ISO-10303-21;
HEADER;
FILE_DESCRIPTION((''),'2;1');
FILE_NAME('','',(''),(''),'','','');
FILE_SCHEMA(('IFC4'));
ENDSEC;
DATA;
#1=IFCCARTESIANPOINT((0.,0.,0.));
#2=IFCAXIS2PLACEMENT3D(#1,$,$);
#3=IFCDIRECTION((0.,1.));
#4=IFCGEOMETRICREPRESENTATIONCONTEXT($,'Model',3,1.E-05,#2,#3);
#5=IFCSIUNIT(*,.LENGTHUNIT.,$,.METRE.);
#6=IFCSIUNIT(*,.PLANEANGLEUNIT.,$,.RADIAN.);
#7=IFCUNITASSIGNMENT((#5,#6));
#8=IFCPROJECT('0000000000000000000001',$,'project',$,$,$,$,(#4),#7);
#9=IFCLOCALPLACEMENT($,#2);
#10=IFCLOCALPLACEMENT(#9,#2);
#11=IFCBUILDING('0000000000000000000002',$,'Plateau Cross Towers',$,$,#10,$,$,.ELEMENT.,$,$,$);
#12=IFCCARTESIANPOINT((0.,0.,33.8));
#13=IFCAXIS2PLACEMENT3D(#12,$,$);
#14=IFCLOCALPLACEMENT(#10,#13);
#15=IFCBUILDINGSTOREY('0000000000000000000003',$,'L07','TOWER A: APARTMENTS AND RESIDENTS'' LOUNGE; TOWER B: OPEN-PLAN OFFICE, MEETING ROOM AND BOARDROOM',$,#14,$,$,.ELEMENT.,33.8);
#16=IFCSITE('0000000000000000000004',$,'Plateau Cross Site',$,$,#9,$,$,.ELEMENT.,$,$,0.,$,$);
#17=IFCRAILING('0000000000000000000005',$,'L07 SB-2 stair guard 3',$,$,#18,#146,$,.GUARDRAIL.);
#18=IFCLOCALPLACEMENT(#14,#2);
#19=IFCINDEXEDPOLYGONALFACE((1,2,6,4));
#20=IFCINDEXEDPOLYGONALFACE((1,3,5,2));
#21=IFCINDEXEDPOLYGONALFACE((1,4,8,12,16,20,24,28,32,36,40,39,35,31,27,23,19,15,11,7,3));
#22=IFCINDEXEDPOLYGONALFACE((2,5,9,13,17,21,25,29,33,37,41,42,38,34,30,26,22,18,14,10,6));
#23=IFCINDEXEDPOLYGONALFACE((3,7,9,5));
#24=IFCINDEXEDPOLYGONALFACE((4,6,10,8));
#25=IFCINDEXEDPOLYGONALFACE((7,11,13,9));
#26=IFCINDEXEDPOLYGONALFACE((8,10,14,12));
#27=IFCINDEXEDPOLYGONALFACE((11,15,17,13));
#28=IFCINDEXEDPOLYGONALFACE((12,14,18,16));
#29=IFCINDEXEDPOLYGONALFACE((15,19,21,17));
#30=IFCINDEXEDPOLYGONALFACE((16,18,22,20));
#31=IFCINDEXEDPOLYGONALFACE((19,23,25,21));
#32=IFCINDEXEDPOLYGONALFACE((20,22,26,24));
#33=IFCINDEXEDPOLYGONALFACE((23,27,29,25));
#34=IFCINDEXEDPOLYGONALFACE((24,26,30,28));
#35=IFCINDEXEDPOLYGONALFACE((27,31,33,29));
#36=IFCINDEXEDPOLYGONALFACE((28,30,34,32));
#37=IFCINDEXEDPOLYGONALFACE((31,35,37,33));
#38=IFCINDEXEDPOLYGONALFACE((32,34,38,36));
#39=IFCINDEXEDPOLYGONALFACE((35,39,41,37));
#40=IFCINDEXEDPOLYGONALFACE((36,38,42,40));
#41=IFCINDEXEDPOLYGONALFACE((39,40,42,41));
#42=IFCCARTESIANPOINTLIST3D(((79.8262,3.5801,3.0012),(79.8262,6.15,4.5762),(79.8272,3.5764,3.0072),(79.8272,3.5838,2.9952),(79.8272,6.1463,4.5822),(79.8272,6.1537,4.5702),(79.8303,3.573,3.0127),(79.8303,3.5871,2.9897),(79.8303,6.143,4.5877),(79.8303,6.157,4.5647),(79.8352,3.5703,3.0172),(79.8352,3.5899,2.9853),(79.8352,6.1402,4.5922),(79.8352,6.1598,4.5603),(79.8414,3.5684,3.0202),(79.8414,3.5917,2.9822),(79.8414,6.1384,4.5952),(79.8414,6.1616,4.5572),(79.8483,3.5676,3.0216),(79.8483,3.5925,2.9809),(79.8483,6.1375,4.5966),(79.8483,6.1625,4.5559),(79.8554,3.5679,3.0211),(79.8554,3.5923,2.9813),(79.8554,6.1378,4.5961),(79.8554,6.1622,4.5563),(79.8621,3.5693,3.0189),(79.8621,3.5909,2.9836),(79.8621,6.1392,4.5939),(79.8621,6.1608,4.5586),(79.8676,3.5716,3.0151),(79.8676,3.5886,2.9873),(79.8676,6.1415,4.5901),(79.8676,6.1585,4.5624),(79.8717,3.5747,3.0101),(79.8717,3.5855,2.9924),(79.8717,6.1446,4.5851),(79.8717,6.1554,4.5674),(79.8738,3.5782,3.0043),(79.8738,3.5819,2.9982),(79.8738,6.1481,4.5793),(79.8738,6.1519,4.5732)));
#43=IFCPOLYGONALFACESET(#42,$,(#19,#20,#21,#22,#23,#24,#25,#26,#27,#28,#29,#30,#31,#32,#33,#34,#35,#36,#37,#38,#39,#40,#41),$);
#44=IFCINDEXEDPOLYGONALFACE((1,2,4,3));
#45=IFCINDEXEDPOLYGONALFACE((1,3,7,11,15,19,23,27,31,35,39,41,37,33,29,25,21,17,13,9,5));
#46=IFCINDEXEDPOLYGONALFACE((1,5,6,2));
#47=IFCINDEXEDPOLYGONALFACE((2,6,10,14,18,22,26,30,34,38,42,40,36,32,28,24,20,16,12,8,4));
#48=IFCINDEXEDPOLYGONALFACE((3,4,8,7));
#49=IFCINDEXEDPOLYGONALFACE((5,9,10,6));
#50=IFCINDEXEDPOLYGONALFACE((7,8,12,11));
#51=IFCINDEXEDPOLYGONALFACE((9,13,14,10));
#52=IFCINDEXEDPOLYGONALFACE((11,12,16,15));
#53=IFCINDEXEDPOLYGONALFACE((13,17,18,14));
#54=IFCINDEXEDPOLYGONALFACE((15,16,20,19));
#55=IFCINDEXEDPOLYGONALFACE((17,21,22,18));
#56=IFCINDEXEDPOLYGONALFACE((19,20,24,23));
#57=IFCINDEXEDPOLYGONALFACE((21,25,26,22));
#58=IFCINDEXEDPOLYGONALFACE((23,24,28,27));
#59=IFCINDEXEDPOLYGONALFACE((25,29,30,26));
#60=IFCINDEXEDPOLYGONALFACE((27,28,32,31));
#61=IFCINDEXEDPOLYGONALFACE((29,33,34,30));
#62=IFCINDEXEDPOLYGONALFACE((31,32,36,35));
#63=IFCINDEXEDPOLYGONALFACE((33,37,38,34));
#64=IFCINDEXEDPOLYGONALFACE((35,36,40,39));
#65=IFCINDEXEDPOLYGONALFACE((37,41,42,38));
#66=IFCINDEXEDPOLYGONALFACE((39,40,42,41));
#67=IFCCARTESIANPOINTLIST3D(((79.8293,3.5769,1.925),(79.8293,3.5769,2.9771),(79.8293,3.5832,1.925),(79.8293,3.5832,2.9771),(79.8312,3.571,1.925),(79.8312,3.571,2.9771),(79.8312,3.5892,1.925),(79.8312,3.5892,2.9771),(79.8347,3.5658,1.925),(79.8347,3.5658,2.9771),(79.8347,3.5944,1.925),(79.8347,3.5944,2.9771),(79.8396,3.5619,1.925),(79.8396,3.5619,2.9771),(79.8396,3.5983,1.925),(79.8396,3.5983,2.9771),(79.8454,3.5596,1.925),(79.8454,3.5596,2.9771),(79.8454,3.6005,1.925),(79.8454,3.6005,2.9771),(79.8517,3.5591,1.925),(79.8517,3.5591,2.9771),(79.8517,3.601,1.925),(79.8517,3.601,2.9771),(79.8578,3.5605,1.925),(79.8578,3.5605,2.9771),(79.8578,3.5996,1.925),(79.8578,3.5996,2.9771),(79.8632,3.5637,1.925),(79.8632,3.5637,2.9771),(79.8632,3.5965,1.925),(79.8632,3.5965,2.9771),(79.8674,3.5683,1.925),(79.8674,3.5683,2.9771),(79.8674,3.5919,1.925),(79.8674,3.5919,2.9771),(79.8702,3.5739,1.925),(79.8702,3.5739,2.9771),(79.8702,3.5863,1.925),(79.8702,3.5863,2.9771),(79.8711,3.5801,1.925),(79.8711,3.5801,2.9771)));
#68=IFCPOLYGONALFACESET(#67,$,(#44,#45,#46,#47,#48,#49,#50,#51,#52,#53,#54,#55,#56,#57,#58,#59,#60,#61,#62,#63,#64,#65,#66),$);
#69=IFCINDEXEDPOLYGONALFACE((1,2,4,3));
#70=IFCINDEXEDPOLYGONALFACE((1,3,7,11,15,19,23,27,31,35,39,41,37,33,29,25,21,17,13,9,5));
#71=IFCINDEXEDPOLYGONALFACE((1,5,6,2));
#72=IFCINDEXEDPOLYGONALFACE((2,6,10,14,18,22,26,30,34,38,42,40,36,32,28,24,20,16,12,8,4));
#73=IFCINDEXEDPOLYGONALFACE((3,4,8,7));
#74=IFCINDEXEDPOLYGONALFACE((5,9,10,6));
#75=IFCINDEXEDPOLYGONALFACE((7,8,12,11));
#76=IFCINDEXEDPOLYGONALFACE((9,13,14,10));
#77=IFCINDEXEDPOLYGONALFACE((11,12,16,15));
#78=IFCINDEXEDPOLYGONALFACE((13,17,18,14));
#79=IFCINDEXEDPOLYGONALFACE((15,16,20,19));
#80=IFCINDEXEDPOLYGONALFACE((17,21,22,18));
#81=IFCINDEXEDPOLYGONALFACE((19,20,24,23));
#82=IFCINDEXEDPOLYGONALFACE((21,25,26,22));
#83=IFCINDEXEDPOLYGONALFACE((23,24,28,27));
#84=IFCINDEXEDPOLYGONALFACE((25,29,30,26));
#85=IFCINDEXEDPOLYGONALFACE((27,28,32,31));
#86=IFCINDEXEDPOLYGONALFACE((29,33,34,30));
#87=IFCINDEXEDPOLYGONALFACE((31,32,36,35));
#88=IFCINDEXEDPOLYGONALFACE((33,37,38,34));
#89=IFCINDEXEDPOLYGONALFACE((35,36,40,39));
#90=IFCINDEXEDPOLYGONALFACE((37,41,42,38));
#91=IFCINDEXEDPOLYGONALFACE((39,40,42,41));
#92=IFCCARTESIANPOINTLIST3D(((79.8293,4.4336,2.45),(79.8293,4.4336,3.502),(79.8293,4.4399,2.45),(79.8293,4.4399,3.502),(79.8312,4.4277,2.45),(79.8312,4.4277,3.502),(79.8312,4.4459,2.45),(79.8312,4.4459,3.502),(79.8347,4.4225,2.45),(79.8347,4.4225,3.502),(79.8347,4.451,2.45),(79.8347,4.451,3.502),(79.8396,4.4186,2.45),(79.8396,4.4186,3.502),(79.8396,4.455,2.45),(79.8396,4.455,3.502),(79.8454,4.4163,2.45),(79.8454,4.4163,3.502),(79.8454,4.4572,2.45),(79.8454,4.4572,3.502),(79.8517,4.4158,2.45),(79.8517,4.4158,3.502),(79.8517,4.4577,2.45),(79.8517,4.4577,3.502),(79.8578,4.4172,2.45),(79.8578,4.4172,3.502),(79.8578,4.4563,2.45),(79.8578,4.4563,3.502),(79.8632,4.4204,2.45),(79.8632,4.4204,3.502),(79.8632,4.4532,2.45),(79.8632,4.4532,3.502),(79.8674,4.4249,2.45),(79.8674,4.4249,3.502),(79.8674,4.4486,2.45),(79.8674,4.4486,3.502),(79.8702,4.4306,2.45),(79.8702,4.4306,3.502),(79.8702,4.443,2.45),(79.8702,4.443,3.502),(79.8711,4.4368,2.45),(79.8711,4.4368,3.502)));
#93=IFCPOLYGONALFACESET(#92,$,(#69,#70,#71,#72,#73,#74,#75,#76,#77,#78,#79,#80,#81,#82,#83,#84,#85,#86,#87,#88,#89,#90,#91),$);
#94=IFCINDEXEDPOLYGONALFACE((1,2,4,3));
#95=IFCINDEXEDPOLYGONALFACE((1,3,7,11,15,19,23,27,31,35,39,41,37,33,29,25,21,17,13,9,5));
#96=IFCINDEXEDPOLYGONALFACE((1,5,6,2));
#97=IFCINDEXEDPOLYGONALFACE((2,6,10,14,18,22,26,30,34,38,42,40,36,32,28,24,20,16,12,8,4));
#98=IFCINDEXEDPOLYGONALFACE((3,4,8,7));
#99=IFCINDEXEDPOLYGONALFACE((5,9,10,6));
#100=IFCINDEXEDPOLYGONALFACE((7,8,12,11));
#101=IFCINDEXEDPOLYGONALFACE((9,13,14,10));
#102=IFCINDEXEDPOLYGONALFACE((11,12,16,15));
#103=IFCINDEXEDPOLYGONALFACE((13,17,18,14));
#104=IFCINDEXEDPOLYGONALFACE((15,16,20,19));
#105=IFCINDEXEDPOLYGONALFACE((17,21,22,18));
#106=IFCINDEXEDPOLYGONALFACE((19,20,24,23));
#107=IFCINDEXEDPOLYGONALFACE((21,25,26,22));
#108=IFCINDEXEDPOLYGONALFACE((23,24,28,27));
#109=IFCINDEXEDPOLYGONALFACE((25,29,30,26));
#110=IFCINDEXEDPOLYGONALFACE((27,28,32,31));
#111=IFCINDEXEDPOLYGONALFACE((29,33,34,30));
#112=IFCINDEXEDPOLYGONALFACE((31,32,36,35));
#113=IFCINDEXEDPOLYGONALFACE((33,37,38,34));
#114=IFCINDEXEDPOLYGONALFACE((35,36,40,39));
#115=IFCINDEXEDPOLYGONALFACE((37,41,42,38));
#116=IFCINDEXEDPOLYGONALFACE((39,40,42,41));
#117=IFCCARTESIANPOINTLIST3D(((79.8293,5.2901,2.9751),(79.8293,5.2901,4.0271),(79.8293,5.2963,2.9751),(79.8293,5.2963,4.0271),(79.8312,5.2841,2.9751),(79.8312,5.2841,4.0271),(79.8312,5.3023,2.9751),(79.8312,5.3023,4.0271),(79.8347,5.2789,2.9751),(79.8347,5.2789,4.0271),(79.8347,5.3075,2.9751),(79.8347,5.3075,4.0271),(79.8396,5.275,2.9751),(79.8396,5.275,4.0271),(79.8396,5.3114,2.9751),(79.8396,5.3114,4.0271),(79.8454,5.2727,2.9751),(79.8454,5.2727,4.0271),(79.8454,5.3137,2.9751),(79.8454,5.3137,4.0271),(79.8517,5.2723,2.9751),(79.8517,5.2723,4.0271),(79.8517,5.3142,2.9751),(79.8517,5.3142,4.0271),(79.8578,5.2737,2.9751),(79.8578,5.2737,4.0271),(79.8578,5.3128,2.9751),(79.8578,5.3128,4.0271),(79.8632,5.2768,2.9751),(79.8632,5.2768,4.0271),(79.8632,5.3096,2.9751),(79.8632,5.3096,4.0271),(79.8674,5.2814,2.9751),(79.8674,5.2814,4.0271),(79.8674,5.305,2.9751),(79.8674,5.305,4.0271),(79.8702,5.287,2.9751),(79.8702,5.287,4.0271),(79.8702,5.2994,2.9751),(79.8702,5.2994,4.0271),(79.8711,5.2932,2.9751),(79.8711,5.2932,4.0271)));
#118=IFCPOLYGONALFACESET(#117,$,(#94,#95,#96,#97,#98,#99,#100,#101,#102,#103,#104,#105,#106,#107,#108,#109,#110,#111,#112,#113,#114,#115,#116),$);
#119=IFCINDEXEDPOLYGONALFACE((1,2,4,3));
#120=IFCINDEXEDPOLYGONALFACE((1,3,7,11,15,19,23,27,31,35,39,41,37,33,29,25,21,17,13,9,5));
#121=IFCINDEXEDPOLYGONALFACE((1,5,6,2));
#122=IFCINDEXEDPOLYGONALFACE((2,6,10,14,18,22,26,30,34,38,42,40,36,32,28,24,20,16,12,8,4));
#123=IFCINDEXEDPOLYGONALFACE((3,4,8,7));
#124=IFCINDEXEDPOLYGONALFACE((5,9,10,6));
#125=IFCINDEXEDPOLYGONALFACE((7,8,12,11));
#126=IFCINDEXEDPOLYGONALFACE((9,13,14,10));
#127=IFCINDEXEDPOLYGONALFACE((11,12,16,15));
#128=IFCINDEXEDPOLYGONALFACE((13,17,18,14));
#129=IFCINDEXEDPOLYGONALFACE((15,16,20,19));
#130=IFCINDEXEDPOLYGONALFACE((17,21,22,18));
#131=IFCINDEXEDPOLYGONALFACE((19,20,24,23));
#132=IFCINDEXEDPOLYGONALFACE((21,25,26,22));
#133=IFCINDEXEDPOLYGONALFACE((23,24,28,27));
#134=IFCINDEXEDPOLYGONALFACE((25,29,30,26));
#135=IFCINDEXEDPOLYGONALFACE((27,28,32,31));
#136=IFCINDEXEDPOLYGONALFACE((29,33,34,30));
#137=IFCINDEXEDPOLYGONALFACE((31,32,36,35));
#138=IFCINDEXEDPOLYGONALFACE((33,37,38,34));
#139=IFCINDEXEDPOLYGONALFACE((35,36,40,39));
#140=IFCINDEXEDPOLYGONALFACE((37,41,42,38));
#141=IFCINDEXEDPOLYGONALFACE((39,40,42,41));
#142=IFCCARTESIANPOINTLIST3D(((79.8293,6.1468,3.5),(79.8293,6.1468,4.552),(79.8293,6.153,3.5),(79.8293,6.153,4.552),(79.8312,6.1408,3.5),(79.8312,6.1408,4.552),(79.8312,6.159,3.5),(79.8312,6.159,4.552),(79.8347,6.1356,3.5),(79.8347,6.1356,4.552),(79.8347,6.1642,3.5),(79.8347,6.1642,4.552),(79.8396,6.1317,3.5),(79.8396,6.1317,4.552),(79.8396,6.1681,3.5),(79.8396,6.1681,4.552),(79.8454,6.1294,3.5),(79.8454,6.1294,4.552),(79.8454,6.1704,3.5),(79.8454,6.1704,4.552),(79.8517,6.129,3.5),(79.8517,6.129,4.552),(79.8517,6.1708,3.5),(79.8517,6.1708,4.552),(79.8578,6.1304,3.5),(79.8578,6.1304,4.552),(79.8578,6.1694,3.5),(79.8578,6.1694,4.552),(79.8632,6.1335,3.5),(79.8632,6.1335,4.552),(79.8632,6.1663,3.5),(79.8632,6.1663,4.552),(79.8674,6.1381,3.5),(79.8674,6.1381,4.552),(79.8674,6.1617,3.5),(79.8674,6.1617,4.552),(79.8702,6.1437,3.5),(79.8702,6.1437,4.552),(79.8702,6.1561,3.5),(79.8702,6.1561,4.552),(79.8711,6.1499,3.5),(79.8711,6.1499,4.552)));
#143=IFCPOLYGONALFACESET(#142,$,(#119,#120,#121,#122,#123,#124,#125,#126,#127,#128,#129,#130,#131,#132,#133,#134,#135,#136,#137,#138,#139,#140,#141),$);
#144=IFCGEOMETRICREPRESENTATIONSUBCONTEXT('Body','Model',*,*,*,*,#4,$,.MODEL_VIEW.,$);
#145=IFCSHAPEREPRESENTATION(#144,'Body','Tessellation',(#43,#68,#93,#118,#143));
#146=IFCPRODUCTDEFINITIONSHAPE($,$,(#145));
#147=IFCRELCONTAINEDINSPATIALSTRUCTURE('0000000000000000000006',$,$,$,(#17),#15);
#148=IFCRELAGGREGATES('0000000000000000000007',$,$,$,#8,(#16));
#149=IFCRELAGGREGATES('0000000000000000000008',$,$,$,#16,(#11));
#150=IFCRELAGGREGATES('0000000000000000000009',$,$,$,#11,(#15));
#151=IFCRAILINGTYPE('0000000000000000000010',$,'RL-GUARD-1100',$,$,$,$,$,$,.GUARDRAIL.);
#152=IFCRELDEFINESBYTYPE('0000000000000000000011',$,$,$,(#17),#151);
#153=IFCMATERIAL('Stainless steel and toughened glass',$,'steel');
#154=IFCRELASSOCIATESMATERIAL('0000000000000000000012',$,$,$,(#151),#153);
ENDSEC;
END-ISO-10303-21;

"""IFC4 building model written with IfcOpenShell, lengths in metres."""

from ifc_helpers import new_model, si_unit, direction, frame, origin, origin_2d, place, context, subcontext, project, spatial, circle, extrude, material, type_object, element, save


model = new_model("IFC4")

# Units and contexts
model_context = context("Model", 3, precision=1e-05, world=origin(), true_north=direction((0.0, 1.0)))
body_context = subcontext(model_context, "Body", "Model", "MODEL_VIEW")
ifc_project = project(units=[si_unit("LENGTHUNIT", "METRE"), si_unit("PLANEANGLEUNIT", "RADIAN")], contexts=[model_context])

# Site, building, storey
site_placement = place(None, origin())
site = spatial("IfcSite", under=ifc_project, at=site_placement, Name="Plateau Cross Site", CompositionType="ELEMENT", RefElevation=0.0)
building_placement = place(site_placement, origin())
building = spatial("IfcBuilding", under=site, at=building_placement, Name="Plateau Cross Towers", CompositionType="ELEMENT")
storey_placement = place(building_placement, frame((0.0, 0.0, 33.8)))
storey = spatial("IfcBuildingStorey", under=building, at=storey_placement, Name="L07", Description="TOWER A: APARTMENTS AND RESIDENTS' LOUNGE; TOWER B: OPEN-PLAN OFFICE, MEETING ROOM AND BOARDROOM", CompositionType="ELEMENT", Elevation=33.8)

# Railing
ifc_material_1 = material(Name="Stainless steel and toughened glass", Category="steel")
railing_type_1 = type_object("IfcRailingType", Name="RL-GUARD-1100", PredefinedType="GUARDRAIL", material=ifc_material_1)
railing_1_placement = place(storey_placement, frame((79.8501, 3.5801, 1.925)))
element("IfcRailing", 1, at=railing_1_placement, inside=storey, type_object=railing_type_1, Name="L07 SB-2 stair guard 3", PredefinedType="GUARDRAIL", context=body_context, shape_type="SweptSolid", body=[
    extrude(circle(Radius=0.0239, at=origin_2d()), frame((0.0, 0.0, 1.0762), z_axis=(0.0, 0.852616, 0.522537), x_axis=(-1.0, 0.0, 0.0)), (0.0, 0.0, 1.0), 3.0142),
    extrude(circle(Radius=0.021, at=origin_2d()), origin(), (0.0, 0.0, 1.0), 1.052),
    extrude(circle(Radius=0.021, at=origin_2d()), frame((0.0, 0.8567, 0.5249)), (0.0, 0.0, 1.0), 1.052),
    extrude(circle(Radius=0.021, at=origin_2d()), frame((0.0, 1.7131, 1.05)), (0.0, 0.0, 1.0), 1.052),
    extrude(circle(Radius=0.021, at=origin_2d()), frame((0.0, 2.5698, 1.575)), (0.0, 0.0, 1.0), 1.052),
])

save(model, "model.ifc")
